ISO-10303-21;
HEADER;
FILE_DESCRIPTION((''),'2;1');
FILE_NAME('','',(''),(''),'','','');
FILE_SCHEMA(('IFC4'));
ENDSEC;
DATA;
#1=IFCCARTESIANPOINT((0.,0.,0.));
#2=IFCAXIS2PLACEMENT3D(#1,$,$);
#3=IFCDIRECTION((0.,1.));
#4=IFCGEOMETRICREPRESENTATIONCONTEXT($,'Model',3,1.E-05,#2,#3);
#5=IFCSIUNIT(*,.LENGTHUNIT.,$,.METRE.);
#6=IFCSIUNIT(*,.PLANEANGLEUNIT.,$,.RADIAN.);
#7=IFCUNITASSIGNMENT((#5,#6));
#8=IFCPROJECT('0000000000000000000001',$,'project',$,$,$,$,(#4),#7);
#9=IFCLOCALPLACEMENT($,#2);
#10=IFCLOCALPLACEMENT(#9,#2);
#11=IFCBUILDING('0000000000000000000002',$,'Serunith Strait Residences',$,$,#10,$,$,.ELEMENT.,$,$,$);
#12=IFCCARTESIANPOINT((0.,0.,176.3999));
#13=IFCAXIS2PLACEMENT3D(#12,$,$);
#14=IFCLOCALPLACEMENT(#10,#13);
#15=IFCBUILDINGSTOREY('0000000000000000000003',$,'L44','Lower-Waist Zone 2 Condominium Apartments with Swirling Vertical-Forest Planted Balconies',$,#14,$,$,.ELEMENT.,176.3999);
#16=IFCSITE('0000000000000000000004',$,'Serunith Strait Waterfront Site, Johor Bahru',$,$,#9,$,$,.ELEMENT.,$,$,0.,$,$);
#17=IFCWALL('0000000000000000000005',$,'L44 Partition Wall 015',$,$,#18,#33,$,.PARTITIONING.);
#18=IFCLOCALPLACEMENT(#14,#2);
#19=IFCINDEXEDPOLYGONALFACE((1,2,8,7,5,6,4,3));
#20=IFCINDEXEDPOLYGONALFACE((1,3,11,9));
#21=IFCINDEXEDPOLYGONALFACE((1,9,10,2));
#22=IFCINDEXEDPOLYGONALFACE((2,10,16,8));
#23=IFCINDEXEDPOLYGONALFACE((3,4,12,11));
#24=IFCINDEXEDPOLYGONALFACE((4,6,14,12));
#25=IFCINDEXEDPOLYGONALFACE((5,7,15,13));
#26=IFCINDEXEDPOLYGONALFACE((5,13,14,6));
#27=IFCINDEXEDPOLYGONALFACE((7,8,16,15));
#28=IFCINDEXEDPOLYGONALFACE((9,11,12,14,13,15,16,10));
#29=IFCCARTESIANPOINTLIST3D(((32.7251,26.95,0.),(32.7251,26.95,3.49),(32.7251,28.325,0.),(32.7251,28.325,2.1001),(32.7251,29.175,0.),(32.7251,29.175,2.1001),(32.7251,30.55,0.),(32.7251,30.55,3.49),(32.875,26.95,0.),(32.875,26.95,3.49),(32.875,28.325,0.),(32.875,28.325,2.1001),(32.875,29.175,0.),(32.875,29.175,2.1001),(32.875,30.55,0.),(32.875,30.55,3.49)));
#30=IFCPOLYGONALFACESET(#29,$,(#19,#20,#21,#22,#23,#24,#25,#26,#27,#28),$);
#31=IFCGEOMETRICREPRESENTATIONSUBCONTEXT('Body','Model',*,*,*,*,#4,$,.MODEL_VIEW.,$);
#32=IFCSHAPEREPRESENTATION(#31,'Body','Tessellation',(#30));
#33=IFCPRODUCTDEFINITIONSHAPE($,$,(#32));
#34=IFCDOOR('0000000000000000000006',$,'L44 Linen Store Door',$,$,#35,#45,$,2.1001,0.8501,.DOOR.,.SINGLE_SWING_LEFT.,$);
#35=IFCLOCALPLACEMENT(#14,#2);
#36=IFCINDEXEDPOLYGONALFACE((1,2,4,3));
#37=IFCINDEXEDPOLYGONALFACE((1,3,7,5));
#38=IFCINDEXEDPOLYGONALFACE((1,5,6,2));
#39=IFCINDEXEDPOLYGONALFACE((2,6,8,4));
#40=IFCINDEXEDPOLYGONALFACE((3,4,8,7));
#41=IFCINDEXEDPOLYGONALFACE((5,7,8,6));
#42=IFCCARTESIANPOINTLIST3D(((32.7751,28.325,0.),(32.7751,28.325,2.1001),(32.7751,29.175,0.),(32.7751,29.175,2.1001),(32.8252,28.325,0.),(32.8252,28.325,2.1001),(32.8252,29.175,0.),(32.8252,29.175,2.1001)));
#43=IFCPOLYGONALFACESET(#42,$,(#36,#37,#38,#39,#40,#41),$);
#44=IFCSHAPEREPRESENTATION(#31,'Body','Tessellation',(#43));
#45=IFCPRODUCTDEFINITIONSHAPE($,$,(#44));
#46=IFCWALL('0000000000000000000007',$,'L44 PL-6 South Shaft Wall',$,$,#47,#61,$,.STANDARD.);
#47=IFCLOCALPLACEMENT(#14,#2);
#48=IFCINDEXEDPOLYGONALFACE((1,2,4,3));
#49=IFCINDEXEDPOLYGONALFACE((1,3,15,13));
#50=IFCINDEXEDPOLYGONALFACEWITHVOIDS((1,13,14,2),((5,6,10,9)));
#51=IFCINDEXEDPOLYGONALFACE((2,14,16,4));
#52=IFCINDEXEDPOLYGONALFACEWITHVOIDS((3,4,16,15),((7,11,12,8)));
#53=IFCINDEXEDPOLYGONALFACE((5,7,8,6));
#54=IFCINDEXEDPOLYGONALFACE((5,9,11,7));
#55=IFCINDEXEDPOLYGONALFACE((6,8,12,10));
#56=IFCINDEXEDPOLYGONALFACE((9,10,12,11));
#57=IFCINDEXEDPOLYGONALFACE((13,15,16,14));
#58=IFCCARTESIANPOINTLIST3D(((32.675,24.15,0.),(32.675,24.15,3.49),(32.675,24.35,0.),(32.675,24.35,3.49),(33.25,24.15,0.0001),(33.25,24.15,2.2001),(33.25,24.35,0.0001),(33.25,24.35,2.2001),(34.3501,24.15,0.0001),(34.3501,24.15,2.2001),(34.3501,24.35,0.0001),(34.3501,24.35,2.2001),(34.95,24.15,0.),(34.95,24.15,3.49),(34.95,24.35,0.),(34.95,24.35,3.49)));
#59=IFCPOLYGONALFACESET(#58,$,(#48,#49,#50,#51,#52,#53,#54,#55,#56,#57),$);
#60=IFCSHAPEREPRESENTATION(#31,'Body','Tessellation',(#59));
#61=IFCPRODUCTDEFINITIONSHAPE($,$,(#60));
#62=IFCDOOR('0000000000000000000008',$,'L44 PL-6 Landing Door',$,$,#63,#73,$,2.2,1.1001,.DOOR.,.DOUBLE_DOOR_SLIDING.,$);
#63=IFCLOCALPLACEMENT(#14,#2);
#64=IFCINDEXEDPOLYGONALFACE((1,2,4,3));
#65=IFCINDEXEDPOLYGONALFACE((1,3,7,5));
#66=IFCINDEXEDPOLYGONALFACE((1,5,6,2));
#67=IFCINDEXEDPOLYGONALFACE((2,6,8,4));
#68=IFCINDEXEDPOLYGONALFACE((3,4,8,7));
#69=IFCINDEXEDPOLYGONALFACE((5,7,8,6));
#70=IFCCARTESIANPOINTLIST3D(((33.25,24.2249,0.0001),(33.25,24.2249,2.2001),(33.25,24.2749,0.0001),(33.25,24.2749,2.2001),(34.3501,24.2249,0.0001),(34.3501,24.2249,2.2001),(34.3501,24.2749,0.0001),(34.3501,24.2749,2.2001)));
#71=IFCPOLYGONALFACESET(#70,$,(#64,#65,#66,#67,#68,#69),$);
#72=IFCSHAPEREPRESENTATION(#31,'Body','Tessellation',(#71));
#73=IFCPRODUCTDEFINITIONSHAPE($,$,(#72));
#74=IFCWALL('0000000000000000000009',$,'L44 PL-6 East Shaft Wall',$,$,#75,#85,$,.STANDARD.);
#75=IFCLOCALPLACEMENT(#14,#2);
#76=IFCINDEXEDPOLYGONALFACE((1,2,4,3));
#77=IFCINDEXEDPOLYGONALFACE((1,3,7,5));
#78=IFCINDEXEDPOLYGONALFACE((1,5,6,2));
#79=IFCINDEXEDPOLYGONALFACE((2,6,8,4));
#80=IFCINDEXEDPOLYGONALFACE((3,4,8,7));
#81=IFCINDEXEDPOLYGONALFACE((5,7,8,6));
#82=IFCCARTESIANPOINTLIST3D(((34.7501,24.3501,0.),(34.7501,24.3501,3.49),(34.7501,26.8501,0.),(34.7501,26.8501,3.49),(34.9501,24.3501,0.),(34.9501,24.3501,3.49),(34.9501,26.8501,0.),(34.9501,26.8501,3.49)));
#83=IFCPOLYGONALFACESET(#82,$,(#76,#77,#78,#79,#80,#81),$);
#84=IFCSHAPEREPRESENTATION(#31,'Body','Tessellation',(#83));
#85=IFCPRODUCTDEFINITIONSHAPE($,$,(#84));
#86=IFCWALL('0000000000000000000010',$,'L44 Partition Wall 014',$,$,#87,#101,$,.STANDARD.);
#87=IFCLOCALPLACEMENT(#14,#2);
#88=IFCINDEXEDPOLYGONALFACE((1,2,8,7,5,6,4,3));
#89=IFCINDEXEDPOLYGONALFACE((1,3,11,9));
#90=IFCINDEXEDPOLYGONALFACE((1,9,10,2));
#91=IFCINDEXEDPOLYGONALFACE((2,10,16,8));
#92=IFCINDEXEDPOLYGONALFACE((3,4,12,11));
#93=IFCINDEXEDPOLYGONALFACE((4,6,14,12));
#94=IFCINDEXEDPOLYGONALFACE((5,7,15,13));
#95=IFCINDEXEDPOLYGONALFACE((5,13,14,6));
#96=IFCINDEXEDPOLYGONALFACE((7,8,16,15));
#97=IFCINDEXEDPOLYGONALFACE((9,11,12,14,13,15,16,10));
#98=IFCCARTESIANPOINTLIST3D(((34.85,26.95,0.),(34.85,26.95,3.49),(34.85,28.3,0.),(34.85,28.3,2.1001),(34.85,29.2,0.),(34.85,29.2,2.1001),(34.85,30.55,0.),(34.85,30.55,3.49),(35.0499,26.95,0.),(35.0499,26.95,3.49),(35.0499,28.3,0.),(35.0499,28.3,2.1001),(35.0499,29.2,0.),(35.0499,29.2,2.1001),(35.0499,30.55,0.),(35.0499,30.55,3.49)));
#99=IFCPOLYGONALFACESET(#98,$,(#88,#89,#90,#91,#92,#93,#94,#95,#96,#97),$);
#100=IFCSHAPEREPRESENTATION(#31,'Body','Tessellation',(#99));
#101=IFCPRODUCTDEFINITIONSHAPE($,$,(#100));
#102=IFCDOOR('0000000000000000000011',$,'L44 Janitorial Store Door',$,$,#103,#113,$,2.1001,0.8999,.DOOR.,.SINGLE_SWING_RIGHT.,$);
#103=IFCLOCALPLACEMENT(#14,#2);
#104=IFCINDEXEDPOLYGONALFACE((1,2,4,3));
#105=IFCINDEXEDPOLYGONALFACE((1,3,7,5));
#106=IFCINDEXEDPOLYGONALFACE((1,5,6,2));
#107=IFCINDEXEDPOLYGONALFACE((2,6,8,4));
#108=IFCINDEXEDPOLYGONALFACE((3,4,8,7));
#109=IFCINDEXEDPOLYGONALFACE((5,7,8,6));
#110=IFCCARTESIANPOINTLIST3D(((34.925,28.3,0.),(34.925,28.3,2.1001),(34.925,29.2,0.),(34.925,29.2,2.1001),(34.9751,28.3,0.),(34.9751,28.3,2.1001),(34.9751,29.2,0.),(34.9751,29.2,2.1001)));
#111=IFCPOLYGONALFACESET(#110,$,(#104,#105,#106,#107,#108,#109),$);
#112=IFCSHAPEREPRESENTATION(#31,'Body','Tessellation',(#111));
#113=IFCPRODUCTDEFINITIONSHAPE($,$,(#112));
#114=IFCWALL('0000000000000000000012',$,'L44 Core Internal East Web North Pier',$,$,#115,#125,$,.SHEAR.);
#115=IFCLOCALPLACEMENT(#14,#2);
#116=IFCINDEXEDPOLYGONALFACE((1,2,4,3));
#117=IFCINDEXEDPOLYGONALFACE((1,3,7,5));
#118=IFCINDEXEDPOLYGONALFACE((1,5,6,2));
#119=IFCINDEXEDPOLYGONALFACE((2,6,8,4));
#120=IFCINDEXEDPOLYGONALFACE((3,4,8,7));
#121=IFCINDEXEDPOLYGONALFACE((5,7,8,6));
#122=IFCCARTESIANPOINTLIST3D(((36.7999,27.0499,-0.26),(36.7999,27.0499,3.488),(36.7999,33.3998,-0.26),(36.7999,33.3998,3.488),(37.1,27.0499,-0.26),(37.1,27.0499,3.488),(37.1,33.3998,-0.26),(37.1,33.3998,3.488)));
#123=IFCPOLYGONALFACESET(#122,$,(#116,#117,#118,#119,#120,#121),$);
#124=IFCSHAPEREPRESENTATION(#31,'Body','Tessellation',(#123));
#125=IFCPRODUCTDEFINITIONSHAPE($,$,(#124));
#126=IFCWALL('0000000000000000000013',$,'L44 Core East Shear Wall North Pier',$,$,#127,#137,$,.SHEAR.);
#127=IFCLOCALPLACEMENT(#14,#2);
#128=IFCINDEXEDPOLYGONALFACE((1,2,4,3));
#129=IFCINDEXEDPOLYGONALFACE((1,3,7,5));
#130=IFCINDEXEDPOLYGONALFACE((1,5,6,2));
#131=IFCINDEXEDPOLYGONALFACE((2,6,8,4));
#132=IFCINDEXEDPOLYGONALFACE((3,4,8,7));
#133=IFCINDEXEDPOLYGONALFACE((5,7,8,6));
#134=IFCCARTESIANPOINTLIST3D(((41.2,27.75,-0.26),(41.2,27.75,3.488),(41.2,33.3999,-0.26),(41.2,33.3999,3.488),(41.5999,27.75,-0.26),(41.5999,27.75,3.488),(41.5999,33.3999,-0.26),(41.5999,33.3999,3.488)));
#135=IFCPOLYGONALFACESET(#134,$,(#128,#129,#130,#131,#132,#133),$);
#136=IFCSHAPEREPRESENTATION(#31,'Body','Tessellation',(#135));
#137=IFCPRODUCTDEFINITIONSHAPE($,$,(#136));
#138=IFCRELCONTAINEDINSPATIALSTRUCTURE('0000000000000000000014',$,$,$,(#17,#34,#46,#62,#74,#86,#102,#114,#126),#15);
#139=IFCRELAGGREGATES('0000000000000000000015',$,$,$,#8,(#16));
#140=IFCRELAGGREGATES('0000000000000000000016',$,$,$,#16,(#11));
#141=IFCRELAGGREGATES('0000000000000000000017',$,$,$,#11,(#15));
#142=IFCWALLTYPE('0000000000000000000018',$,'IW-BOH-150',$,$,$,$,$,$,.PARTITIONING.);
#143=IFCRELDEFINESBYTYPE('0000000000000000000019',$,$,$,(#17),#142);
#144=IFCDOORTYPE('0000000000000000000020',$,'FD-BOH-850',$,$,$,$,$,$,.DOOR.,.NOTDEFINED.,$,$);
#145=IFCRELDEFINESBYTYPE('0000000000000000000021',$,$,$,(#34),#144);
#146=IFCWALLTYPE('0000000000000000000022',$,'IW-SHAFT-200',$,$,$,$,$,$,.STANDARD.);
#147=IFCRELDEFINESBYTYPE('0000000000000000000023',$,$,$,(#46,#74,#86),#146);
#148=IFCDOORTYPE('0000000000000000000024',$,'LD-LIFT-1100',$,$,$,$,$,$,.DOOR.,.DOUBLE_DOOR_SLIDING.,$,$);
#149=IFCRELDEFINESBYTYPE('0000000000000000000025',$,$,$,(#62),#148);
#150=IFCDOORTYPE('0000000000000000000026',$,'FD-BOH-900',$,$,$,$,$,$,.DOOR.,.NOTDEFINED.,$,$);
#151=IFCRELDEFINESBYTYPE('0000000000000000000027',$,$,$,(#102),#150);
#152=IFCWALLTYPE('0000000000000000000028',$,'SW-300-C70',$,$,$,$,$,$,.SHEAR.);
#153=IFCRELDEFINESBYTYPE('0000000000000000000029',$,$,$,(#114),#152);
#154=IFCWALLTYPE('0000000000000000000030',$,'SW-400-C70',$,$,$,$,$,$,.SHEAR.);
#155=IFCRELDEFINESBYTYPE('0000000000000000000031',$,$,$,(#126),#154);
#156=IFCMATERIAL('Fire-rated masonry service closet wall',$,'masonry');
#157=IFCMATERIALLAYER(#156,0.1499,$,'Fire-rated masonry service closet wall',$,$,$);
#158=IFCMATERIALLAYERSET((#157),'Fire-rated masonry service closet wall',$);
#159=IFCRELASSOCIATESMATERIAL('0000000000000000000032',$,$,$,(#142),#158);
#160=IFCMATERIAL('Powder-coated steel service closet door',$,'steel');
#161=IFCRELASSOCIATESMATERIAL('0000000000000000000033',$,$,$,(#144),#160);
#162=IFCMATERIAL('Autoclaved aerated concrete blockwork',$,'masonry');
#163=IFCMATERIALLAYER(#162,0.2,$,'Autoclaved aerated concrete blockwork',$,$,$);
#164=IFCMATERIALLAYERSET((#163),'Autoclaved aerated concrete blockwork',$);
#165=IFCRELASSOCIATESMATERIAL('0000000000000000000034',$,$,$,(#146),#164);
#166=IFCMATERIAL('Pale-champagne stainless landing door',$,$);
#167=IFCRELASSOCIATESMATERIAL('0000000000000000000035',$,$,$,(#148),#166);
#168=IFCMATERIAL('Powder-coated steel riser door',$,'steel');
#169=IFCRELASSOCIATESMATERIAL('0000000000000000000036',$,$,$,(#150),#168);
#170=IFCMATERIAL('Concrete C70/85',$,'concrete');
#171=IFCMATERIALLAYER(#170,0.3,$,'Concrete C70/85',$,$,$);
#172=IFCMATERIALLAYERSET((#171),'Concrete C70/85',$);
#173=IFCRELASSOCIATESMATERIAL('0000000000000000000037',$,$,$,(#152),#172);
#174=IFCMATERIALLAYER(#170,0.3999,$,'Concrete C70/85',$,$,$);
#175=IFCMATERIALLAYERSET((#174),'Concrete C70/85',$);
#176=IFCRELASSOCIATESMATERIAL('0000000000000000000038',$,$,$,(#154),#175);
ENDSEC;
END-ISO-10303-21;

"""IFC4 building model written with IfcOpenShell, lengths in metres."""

from ifc_helpers import new_model, si_unit, direction, frame, frame_2d, origin, place, context, subcontext, project, spatial, rectangle, extrude, source, transform, mapped, material, layer, layer_set, type_object, element, fill, save


model = new_model("IFC4")

# Units and contexts
model_context = context("Model", 3, precision=1e-05, world=origin(), true_north=direction((0.0, 1.0)))
body_context = subcontext(model_context, "Body", "Model", "MODEL_VIEW")
ifc_project = project(units=[si_unit("LENGTHUNIT", "METRE"), si_unit("PLANEANGLEUNIT", "RADIAN")], contexts=[model_context])

# Site, building, storey
site_placement = place(None, origin())
site = spatial("IfcSite", under=ifc_project, at=site_placement, Name="Serunith Strait Waterfront Site, Johor Bahru", CompositionType="ELEMENT", RefElevation=0.0)
building_placement = place(site_placement, origin())
building = spatial("IfcBuilding", under=site, at=building_placement, Name="Serunith Strait Residences", CompositionType="ELEMENT")
storey_placement = place(building_placement, frame((0.0, 0.0, 176.3999)))
storey = spatial("IfcBuildingStorey", under=building, at=storey_placement, Name="L44", Description="Lower-Waist Zone 2 Condominium Apartments with Swirling Vertical-Forest Planted Balconies", CompositionType="ELEMENT", Elevation=176.3999)

# Walls, openings, doors
ifc_material_1 = material(Name="Fire-rated masonry service closet wall", Category="masonry")
ifc_layer_1 = layer(ifc_material_1, 0.1499, Name="Fire-rated masonry service closet wall")
ifc_layer_set_1 = layer_set([ifc_layer_1], Name="Fire-rated masonry service closet wall")
wall_type_1 = type_object("IfcWallType", Name="IW-BOH-150", PredefinedType="PARTITIONING", material=ifc_layer_set_1)
wall_1_placement = place(storey_placement, frame((32.8, 26.95, 0.0), z_axis=(0.0, 0.0, 1.0), x_axis=(0.0, 1.0, 0.0)))
wall_1 = element("IfcWall", 1, at=wall_1_placement, inside=storey, type_object=wall_type_1, Name="L44 Partition Wall 015", PredefinedType="PARTITIONING", context=body_context, shape_type="SweptSolid", body=[
    extrude(rectangle(XDim=3.6001, YDim=0.1499, at=frame_2d((1.8, 0.0))), origin(), (0.0, 0.0, 1.0), 3.49),
])
opening_1_placement = place(wall_1_placement, frame((1.375, 0.0, 0.0)))
opening_1 = element("IfcOpeningElement", 2, at=opening_1_placement, cuts=wall_1, PredefinedType="OPENING", context=body_context, shape_type="SweptSolid", body=[
    extrude(rectangle(XDim=0.8501, YDim=2.1001, at=frame_2d((0.425, 1.05))), frame((0.0, 0.085, 0.0), z_axis=(0.0, -1.0, 0.0), x_axis=(1.0, 0.0, 0.0)), (0.0, 0.0, 1.0), 0.1699),
])
ifc_material_2 = material(Name="Powder-coated steel service closet door", Category="steel")
door_type_1 = type_object("IfcDoorType", Name="FD-BOH-850", OperationType="NOTDEFINED", PredefinedType="DOOR", material=ifc_material_2)
shared_shape_1 = source(origin(), body_context, "Body", "SweptSolid", [
    extrude(rectangle(XDim=0.8501, YDim=2.1001, at=frame_2d((0.425, 1.05))), frame((0.0, 0.0249, 0.0), z_axis=(0.0, -1.0, 0.0), x_axis=(1.0, 0.0, 0.0)), (0.0, 0.0, 1.0), 0.05),
])
door_1_placement = place(opening_1_placement, origin())
door_1 = element("IfcDoor", 3, at=door_1_placement, inside=storey, type_object=door_type_1, Name="L44 Linen Store Door", OperationType="SINGLE_SWING_LEFT", OverallHeight=2.1001, OverallWidth=0.8501, PredefinedType="DOOR", context=body_context, shape_type="MappedRepresentation", body=[
    mapped(shared_shape_1, transform((0.0, 0.0, 0.0), scale=1.0)),
])
fill(opening_1, door_1)
ifc_material_3 = material(Name="Autoclaved aerated concrete blockwork", Category="masonry")
ifc_layer_2 = layer(ifc_material_3, 0.2, Name="Autoclaved aerated concrete blockwork")
ifc_layer_set_2 = layer_set([ifc_layer_2], Name="Autoclaved aerated concrete blockwork")
wall_type_2 = type_object("IfcWallType", Name="IW-SHAFT-200", PredefinedType="STANDARD", material=ifc_layer_set_2)
wall_2_placement = place(storey_placement, frame((32.675, 24.25, 0.0), z_axis=(0.0, 0.0, 1.0), x_axis=(1.0, 0.0, 0.0)))
wall_2 = element("IfcWall", 4, at=wall_2_placement, inside=storey, type_object=wall_type_2, Name="L44 PL-6 South Shaft Wall", PredefinedType="STANDARD", context=body_context, shape_type="SweptSolid", body=[
    extrude(rectangle(XDim=2.2749, YDim=0.2, at=frame_2d((1.1375, 0.0))), origin(), (0.0, 0.0, 1.0), 3.49),
])
opening_2_placement = place(wall_2_placement, frame((0.575, 0.0, 0.0)))
opening_2 = element("IfcOpeningElement", 5, at=opening_2_placement, cuts=wall_2, PredefinedType="OPENING", context=body_context, shape_type="SweptSolid", body=[
    extrude(rectangle(XDim=1.1001, YDim=2.2, at=frame_2d((0.55, 1.1001))), frame((0.0, 0.1099, 0.0), z_axis=(0.0, -1.0, 0.0), x_axis=(1.0, 0.0, 0.0)), (0.0, 0.0, 1.0), 0.22),
])
ifc_material_4 = material(Name="Pale-champagne stainless landing door")
door_type_2 = type_object("IfcDoorType", Name="LD-LIFT-1100", OperationType="DOUBLE_DOOR_SLIDING", PredefinedType="DOOR", material=ifc_material_4)
shared_shape_2 = source(origin(), body_context, "Body", "SweptSolid", [
    extrude(rectangle(XDim=1.1001, YDim=2.2, at=frame_2d((0.55, 1.1001))), frame((0.0, 0.0249, 0.0), z_axis=(0.0, -1.0, 0.0), x_axis=(1.0, 0.0, 0.0)), (0.0, 0.0, 1.0), 0.05),
])
door_2_placement = place(opening_2_placement, origin())
door_2 = element("IfcDoor", 6, at=door_2_placement, inside=storey, type_object=door_type_2, Name="L44 PL-6 Landing Door", OperationType="DOUBLE_DOOR_SLIDING", OverallHeight=2.2, OverallWidth=1.1001, PredefinedType="DOOR", context=body_context, shape_type="MappedRepresentation", body=[
    mapped(shared_shape_2, transform((0.0, 0.0, 0.0), scale=1.0)),
])
fill(opening_2, door_2)

# Wall
wall_3_placement = place(storey_placement, frame((34.8501, 24.3501, 0.0), z_axis=(0.0, 0.0, 1.0), x_axis=(0.0, 1.0, 0.0)))
element("IfcWall", 7, at=wall_3_placement, inside=storey, type_object=wall_type_2, Name="L44 PL-6 East Shaft Wall", PredefinedType="STANDARD", context=body_context, shape_type="SweptSolid", body=[
    extrude(rectangle(XDim=2.5, YDim=0.2, at=frame_2d((1.25, 0.0))), origin(), (0.0, 0.0, 1.0), 3.49),
])

# Wall, opening, door
wall_4_placement = place(storey_placement, frame((34.95, 26.95, 0.0), z_axis=(0.0, 0.0, 1.0), x_axis=(0.0, 1.0, 0.0)))
wall_4 = element("IfcWall", 8, at=wall_4_placement, inside=storey, type_object=wall_type_2, Name="L44 Partition Wall 014", PredefinedType="STANDARD", context=body_context, shape_type="SweptSolid", body=[
    extrude(rectangle(XDim=3.6001, YDim=0.2, at=frame_2d((1.8, 0.0))), origin(), (0.0, 0.0, 1.0), 3.49),
])
opening_3_placement = place(wall_4_placement, frame((1.3501, 0.0, 0.0)))
opening_3 = element("IfcOpeningElement", 9, at=opening_3_placement, cuts=wall_4, PredefinedType="OPENING", context=body_context, shape_type="SweptSolid", body=[
    extrude(rectangle(XDim=0.8999, YDim=2.1001, at=frame_2d((0.45, 1.05))), frame((0.0, 0.1099, 0.0), z_axis=(0.0, -1.0, 0.0), x_axis=(1.0, 0.0, 0.0)), (0.0, 0.0, 1.0), 0.22),
])
ifc_material_5 = material(Name="Powder-coated steel riser door", Category="steel")
door_type_3 = type_object("IfcDoorType", Name="FD-BOH-900", OperationType="NOTDEFINED", PredefinedType="DOOR", material=ifc_material_5)
shared_shape_3 = source(origin(), body_context, "Body", "SweptSolid", [
    extrude(rectangle(XDim=0.8999, YDim=2.1001, at=frame_2d((0.45, 1.05))), frame((0.0, 0.0249, 0.0), z_axis=(0.0, -1.0, 0.0), x_axis=(1.0, 0.0, 0.0)), (0.0, 0.0, 1.0), 0.05),
])
door_3_placement = place(opening_3_placement, origin())
door_3 = element("IfcDoor", 10, at=door_3_placement, inside=storey, type_object=door_type_3, Name="L44 Janitorial Store Door", OperationType="SINGLE_SWING_RIGHT", OverallHeight=2.1001, OverallWidth=0.8999, PredefinedType="DOOR", context=body_context, shape_type="MappedRepresentation", body=[
    mapped(shared_shape_3, transform((0.0, 0.0, 0.0), scale=1.0)),
])
fill(opening_3, door_3)

# Walls
ifc_material_6 = material(Name="Concrete C70/85", Category="concrete")
ifc_layer_3 = layer(ifc_material_6, 0.3, Name="Concrete C70/85")
ifc_layer_set_3 = layer_set([ifc_layer_3], Name="Concrete C70/85")
wall_type_3 = type_object("IfcWallType", Name="SW-300-C70", PredefinedType="SHEAR", material=ifc_layer_set_3)
wall_5_placement = place(storey_placement, frame((36.95, 27.05, -0.26), z_axis=(0.0, 0.0, 1.0), x_axis=(0.0, 1.0, 0.0)))
element("IfcWall", 11, at=wall_5_placement, inside=storey, type_object=wall_type_3, Name="L44 Core Internal East Web North Pier", PredefinedType="SHEAR", context=body_context, shape_type="SweptSolid", body=[
    extrude(rectangle(XDim=6.3499, YDim=0.3, at=frame_2d((3.1748, 0.0))), origin(), (0.0, 0.0, 1.0), 3.748),
])
ifc_layer_4 = layer(ifc_material_6, 0.3999, Name="Concrete C70/85")
ifc_layer_set_4 = layer_set([ifc_layer_4], Name="Concrete C70/85")
wall_type_4 = type_object("IfcWallType", Name="SW-400-C70", PredefinedType="SHEAR", material=ifc_layer_set_4)
wall_6_placement = place(storey_placement, frame((41.3999, 27.75, -0.26), z_axis=(0.0, 0.0, 1.0), x_axis=(0.0, 1.0, 0.0)))
element("IfcWall", 12, at=wall_6_placement, inside=storey, type_object=wall_type_4, Name="L44 Core East Shear Wall North Pier", PredefinedType="SHEAR", context=body_context, shape_type="SweptSolid", body=[
    extrude(rectangle(XDim=5.6499, YDim=0.3999, at=frame_2d((2.825, 0.0))), origin(), (0.0, 0.0, 1.0), 3.748),
])

save(model, "model.ifc")
